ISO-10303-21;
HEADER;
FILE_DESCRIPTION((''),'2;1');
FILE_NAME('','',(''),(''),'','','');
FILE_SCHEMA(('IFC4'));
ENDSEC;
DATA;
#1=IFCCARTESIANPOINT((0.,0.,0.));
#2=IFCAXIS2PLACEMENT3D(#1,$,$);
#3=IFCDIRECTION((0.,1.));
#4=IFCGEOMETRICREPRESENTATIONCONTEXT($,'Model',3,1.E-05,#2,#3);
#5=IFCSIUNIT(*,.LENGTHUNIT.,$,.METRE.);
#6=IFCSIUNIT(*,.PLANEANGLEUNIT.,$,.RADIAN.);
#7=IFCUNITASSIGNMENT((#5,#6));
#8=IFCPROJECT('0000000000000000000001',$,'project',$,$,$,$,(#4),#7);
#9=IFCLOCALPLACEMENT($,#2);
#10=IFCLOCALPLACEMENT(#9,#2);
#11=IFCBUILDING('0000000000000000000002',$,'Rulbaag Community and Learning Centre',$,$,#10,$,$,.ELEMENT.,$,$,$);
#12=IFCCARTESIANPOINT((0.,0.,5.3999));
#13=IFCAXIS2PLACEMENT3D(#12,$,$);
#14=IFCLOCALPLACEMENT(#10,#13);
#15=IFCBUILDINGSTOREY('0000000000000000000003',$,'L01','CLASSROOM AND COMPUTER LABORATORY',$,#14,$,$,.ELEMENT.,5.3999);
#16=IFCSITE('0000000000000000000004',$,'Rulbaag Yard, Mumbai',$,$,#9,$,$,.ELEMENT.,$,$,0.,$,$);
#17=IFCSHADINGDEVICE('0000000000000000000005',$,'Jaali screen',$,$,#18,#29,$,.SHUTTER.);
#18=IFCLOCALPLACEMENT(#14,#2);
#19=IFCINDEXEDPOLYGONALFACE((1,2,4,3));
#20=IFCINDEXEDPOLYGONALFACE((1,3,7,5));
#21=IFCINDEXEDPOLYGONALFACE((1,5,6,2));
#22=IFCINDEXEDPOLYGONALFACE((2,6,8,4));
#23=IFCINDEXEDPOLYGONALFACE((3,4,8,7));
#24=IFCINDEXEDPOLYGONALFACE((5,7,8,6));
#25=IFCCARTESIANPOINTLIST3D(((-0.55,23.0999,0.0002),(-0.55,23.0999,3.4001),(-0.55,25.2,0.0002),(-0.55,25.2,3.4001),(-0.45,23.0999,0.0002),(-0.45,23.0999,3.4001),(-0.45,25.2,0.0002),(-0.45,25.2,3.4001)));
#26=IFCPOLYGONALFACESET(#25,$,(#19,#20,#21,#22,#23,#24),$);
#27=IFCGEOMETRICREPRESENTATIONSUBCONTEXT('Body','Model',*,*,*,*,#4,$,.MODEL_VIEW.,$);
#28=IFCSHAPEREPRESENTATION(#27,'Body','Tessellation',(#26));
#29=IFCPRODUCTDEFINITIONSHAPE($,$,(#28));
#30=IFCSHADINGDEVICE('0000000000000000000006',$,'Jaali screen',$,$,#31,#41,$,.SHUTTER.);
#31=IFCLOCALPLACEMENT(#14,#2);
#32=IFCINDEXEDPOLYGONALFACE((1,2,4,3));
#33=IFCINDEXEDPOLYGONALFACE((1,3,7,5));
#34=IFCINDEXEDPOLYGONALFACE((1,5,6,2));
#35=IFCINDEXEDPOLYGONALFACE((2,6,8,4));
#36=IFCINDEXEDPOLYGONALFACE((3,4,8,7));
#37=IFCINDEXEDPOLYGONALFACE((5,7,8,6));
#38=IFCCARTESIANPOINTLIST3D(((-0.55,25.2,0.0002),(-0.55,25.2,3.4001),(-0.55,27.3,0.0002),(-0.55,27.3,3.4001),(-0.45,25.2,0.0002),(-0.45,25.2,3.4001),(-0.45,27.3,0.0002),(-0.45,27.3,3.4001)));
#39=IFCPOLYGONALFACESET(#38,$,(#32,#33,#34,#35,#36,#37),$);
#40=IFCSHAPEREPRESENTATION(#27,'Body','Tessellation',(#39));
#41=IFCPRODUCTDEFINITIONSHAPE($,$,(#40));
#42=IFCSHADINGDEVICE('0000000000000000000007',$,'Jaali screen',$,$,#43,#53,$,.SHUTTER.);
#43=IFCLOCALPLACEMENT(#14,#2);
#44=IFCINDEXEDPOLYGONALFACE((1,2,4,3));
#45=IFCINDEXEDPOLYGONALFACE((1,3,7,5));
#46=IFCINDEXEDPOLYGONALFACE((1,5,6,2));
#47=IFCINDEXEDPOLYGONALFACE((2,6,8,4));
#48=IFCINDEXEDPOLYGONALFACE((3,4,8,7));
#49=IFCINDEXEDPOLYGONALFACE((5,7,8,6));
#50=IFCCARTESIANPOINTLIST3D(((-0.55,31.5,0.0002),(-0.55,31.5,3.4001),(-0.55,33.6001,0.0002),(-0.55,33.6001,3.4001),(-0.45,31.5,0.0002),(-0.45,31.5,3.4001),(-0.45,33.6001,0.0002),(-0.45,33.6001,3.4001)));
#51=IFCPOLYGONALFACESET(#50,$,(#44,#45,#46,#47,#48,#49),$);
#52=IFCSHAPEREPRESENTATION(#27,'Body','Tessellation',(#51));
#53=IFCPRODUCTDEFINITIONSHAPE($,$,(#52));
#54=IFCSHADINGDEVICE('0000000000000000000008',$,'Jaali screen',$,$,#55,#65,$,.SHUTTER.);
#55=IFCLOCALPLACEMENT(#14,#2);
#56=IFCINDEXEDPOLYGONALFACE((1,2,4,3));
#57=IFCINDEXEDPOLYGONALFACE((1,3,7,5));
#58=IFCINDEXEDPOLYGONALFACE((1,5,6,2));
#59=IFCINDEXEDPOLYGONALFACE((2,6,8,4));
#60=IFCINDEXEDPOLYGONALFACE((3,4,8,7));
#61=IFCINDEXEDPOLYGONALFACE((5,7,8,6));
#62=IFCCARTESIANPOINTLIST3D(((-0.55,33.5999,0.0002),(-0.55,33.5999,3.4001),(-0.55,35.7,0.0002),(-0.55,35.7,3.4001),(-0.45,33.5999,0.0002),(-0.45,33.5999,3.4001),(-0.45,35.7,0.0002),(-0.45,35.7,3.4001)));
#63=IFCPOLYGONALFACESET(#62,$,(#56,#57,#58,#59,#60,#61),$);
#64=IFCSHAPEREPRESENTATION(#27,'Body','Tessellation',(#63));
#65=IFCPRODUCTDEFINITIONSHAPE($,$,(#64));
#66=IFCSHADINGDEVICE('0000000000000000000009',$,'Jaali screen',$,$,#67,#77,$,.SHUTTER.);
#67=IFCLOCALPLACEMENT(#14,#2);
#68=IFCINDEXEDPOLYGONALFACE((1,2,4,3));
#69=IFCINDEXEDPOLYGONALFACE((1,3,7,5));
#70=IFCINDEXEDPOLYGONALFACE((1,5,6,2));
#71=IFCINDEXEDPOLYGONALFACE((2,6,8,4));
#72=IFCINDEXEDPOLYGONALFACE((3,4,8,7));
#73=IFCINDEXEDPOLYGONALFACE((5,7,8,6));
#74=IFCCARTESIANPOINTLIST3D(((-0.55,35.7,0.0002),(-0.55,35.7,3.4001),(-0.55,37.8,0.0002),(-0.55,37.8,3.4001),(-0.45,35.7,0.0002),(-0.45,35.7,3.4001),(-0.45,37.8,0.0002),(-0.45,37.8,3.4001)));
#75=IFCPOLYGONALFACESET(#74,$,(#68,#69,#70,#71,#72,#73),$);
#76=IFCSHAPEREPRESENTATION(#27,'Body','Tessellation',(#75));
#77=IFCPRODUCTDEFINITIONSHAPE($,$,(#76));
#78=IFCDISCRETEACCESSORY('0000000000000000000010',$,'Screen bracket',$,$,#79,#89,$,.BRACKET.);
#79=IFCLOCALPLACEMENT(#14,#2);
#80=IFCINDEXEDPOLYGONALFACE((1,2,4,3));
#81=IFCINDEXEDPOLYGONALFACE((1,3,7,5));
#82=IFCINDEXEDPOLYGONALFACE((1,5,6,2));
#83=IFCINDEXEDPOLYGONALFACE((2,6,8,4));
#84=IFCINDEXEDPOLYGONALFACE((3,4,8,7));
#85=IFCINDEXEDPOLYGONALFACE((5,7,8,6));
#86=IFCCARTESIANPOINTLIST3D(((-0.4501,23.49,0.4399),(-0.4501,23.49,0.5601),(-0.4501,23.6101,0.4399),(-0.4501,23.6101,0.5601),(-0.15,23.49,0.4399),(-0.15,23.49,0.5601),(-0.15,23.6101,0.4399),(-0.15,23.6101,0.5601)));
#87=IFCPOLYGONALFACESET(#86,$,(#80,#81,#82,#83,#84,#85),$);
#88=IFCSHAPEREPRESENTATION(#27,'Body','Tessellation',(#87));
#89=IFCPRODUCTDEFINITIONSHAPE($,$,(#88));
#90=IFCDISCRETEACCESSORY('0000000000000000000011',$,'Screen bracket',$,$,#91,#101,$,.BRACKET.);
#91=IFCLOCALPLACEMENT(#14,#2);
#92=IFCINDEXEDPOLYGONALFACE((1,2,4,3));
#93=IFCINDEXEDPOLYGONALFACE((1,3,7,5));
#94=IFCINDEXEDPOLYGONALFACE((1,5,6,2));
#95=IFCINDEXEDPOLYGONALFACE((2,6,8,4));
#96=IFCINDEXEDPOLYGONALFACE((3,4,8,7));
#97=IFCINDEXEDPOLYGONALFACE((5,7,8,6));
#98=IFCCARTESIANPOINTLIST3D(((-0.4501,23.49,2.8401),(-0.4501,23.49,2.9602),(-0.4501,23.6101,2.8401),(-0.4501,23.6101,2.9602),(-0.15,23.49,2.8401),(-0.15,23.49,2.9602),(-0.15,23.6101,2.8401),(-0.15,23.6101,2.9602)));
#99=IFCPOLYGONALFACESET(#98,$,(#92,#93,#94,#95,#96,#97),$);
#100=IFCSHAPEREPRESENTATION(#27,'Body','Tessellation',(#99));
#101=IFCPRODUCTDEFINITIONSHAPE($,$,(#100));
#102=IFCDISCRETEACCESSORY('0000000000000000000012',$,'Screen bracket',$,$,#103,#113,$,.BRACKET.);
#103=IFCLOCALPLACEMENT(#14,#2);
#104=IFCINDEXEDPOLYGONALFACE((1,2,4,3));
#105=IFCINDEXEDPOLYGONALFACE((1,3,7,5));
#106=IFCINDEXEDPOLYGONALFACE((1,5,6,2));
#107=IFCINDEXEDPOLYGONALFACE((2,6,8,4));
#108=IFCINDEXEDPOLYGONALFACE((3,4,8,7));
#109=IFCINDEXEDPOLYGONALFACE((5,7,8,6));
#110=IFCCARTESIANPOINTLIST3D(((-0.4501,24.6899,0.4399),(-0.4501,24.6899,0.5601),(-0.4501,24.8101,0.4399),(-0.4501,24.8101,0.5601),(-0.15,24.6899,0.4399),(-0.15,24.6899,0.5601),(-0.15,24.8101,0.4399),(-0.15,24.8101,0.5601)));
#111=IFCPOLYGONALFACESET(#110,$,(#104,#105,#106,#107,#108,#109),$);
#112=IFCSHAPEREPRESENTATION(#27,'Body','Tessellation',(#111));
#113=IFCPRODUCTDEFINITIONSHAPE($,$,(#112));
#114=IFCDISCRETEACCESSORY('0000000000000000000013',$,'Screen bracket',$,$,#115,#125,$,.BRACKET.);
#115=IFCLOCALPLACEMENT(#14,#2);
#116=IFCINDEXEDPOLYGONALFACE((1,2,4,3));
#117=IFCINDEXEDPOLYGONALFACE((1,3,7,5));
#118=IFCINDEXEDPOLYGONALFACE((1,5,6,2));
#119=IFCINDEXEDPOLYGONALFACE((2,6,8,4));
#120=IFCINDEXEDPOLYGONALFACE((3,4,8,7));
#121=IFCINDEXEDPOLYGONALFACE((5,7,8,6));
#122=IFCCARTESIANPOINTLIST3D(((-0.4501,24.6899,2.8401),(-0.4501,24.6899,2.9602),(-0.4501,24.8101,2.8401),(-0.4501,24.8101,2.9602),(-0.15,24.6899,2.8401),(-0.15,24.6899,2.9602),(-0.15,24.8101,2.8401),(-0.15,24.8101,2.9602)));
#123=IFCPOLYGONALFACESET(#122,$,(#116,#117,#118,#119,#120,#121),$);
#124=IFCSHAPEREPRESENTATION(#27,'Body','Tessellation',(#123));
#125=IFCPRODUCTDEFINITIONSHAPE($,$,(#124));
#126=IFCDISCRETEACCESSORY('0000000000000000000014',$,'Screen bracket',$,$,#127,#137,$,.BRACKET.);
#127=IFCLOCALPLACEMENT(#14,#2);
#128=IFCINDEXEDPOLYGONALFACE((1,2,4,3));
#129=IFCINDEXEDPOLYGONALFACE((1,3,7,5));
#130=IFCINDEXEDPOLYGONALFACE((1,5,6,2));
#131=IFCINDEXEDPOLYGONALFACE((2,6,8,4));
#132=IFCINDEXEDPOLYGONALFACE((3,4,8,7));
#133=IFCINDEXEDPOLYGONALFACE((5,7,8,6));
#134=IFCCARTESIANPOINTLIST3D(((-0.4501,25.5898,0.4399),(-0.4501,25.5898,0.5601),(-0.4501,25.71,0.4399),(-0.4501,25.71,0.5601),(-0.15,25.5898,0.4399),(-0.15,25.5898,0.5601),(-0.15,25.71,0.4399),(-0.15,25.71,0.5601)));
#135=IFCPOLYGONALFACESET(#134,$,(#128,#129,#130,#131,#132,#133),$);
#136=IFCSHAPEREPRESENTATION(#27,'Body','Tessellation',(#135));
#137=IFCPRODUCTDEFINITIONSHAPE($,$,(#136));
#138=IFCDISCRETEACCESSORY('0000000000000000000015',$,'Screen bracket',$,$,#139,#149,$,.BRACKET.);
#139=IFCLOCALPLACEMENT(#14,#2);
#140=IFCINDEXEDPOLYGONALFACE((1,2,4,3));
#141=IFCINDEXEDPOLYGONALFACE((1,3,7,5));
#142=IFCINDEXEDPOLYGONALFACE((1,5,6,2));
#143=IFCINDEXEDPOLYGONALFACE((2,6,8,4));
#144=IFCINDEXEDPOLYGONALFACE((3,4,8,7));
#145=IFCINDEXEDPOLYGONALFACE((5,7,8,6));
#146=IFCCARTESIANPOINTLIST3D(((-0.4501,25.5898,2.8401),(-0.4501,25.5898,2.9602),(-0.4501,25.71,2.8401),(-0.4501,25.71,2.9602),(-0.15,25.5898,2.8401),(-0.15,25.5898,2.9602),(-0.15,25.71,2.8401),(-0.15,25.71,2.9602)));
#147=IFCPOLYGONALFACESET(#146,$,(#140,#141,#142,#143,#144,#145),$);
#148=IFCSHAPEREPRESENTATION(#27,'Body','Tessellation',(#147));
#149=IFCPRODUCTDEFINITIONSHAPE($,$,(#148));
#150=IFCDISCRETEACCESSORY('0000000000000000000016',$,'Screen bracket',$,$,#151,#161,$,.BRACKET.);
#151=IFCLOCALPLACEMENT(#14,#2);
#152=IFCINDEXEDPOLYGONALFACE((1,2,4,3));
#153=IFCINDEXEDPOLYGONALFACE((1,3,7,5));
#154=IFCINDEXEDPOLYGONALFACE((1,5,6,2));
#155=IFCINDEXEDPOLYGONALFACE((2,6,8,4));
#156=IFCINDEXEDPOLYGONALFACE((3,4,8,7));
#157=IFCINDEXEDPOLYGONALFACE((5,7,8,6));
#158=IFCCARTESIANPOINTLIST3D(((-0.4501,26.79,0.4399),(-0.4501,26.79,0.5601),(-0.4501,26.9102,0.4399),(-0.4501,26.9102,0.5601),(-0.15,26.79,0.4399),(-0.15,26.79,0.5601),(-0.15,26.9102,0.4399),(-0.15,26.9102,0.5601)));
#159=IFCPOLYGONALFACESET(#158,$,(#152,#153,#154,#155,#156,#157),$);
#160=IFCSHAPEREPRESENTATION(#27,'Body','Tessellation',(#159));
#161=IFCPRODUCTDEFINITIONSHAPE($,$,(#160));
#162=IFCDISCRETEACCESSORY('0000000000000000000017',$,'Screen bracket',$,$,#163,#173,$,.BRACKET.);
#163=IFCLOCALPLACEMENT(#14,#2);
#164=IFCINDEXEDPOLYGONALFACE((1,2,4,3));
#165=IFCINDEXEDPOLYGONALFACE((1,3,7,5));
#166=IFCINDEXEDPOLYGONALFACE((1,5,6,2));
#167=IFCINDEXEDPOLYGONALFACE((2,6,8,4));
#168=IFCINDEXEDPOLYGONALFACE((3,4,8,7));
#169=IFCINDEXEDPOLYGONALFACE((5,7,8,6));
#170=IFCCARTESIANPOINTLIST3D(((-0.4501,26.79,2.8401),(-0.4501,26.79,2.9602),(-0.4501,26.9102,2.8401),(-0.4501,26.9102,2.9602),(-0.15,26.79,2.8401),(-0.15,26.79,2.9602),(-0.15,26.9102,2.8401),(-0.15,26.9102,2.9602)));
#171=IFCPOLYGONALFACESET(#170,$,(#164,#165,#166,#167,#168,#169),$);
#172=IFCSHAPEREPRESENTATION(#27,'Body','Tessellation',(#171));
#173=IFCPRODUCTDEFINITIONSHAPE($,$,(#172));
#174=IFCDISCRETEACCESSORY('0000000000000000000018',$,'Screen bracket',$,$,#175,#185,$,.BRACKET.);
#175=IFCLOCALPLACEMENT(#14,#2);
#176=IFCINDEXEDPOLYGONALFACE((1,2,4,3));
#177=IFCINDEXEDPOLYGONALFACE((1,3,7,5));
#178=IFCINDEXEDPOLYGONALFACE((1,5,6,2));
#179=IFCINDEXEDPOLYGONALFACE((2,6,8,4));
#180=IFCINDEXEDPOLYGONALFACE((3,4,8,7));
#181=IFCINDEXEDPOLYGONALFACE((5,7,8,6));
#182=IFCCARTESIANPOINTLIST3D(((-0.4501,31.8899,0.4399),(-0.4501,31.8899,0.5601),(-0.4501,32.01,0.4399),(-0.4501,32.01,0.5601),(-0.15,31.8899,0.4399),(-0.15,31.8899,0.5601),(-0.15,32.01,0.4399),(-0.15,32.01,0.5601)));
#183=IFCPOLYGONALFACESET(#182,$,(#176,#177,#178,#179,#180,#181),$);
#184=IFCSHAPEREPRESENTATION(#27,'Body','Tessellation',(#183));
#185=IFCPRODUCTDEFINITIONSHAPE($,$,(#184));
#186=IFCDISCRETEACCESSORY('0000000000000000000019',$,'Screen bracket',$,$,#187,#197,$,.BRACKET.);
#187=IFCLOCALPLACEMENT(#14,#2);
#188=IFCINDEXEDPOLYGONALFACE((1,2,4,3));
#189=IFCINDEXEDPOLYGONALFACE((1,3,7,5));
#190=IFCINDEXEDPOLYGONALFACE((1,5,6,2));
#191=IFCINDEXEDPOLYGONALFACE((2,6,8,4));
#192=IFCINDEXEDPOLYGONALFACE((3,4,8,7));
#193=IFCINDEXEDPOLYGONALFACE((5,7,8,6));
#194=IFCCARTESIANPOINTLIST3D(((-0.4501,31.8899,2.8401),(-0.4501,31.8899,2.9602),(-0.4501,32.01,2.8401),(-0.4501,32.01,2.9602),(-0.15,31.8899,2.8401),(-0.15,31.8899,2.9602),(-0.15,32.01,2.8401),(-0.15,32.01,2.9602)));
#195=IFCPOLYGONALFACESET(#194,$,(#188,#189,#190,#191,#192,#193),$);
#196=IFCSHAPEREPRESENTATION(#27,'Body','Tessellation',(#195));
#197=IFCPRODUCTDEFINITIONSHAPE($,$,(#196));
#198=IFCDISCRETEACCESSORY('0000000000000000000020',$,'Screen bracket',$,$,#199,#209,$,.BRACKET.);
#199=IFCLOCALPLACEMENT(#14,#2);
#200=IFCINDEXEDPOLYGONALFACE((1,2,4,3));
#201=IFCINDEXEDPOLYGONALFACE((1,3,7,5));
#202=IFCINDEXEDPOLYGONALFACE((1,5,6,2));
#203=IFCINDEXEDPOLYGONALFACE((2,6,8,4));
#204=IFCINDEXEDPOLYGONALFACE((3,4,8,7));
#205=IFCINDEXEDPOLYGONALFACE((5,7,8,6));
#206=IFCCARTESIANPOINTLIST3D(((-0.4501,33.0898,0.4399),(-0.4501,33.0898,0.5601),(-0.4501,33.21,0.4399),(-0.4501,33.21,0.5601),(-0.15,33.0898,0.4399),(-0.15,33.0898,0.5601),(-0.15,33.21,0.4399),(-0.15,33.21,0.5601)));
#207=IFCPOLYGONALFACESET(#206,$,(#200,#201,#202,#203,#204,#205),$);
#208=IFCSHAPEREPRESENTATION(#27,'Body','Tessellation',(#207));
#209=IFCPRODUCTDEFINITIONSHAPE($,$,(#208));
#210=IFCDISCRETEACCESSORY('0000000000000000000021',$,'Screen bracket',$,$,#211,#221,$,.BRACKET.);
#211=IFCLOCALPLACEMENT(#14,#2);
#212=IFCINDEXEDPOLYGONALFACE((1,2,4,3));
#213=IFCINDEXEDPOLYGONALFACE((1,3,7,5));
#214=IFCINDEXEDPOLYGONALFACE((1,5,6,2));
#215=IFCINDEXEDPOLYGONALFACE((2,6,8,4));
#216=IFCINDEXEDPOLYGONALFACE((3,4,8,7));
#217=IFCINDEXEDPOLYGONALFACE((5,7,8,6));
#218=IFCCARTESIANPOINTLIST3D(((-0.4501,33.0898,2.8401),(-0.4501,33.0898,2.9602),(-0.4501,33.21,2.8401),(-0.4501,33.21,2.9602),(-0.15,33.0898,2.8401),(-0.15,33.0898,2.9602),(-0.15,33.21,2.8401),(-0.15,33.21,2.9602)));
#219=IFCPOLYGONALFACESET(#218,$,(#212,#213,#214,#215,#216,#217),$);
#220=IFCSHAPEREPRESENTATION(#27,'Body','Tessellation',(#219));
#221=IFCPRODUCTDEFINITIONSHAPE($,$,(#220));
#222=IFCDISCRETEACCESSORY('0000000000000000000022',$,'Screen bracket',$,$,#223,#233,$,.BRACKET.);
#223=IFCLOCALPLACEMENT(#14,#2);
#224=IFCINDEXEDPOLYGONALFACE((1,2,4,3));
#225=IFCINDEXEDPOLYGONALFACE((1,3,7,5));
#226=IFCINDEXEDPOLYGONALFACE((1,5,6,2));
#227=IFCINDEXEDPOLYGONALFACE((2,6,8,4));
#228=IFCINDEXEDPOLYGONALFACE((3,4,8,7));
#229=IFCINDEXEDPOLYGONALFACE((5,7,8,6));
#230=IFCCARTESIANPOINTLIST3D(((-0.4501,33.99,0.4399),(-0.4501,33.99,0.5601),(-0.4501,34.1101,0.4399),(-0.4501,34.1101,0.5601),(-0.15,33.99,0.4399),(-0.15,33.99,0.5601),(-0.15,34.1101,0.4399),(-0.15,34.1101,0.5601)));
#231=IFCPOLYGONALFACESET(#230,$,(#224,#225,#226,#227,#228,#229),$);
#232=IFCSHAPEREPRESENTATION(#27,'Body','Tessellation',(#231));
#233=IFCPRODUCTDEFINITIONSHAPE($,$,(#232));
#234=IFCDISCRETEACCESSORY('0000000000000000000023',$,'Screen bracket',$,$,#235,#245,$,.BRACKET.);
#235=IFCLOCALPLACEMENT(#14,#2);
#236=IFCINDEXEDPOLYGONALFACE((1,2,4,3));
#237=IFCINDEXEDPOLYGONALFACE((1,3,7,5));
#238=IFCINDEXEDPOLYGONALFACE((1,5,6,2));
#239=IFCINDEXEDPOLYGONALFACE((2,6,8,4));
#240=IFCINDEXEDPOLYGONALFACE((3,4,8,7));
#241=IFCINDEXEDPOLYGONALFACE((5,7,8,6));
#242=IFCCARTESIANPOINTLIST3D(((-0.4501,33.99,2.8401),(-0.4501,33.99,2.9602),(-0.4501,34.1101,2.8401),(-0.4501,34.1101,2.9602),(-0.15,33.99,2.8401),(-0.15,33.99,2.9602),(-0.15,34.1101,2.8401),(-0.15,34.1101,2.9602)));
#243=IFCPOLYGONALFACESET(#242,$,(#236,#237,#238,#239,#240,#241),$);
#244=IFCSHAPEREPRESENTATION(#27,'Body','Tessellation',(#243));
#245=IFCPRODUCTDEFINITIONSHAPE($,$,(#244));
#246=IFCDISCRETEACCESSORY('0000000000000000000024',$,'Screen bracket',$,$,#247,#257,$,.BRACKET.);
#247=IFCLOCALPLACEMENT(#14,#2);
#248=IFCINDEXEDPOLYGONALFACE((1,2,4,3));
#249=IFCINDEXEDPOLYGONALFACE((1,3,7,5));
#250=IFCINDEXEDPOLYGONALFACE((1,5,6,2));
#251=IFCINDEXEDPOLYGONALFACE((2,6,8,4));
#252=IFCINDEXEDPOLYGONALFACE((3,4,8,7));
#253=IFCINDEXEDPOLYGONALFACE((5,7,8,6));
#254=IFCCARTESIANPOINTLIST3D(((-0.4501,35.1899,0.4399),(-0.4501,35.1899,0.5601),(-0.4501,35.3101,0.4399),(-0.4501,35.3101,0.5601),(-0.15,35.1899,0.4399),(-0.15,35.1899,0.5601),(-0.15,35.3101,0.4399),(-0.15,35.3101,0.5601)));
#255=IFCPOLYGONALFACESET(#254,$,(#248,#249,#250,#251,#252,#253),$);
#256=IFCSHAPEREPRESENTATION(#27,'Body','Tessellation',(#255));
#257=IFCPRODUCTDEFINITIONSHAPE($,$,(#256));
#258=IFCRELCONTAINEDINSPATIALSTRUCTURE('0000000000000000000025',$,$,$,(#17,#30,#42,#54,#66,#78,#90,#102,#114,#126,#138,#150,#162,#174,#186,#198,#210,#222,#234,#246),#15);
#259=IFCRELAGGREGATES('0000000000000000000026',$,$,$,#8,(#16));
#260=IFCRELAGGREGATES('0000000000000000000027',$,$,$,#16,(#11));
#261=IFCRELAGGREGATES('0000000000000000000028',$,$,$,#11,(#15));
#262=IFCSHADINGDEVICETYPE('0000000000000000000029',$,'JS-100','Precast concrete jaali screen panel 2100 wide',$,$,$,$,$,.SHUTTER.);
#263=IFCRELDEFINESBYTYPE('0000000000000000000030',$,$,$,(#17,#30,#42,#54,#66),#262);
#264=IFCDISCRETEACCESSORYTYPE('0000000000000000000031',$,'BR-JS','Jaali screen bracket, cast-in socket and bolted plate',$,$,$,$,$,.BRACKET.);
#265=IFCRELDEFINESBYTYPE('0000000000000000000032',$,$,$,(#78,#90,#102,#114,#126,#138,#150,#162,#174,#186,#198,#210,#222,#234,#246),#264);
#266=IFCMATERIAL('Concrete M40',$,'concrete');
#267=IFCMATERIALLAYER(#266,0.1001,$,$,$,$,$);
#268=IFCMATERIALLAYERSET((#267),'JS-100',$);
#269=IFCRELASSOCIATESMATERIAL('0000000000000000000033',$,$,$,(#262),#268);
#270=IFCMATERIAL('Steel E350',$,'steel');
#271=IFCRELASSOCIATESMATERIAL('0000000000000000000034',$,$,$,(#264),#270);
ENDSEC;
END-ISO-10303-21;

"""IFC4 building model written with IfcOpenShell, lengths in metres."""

from ifc_helpers import new_model, si_unit, direction, frame, origin, origin_2d, place, context, subcontext, project, spatial, rectangle, extrude, material, layer, layer_set, type_object, element, save


model = new_model("IFC4")

# Units and contexts
model_context = context("Model", 3, precision=1e-05, world=origin(), true_north=direction((0.0, 1.0)))
body_context = subcontext(model_context, "Body", "Model", "MODEL_VIEW")
ifc_project = project(units=[si_unit("LENGTHUNIT", "METRE"), si_unit("PLANEANGLEUNIT", "RADIAN")], contexts=[model_context])

# Site, building, storey
site_placement = place(None, origin())
site = spatial("IfcSite", under=ifc_project, at=site_placement, Name="Rulbaag Yard, Mumbai", CompositionType="ELEMENT", RefElevation=0.0)
building_placement = place(site_placement, origin())
building = spatial("IfcBuilding", under=site, at=building_placement, Name="Rulbaag Community and Learning Centre", CompositionType="ELEMENT")
storey_placement = place(building_placement, frame((0.0, 0.0, 5.3999)))
storey = spatial("IfcBuildingStorey", under=building, at=storey_placement, Name="L01", Description="CLASSROOM AND COMPUTER LABORATORY", CompositionType="ELEMENT", Elevation=5.3999)

# Shading devices
ifc_material_1 = material(Name="Concrete M40", Category="concrete")
ifc_layer = layer(ifc_material_1, 0.1001)
ifc_layer_set = layer_set([ifc_layer], Name="JS-100")
shading_device_type = type_object("IfcShadingDeviceType", Name="JS-100", Description="Precast concrete jaali screen panel 2100 wide", PredefinedType="SHUTTER", material=ifc_layer_set)
for number, where, z_axis, x_axis, name in (
    (1, (-0.5, 24.1499, 0.0002), (0.0, 0.0, 1.0), (1.0, 0.0, 0.0), "Jaali screen"),
    (2, (-0.5, 26.25, 0.0002), (0.0, 0.0, 1.0), (1.0, 0.0, 0.0), "Jaali screen"),
    (3, (-0.5, 32.55, 0.0002), (0.0, 0.0, 1.0), (1.0, 0.0, 0.0), "Jaali screen"),
    (4, (-0.5, 34.6499, 0.0002), (0.0, 0.0, 1.0), (1.0, 0.0, 0.0), "Jaali screen"),
    (5, (-0.5, 36.75, 0.0002), (0.0, 0.0, 1.0), (1.0, 0.0, 0.0), "Jaali screen"),
):
    element("IfcShadingDevice", number, at=place(storey_placement, frame(where, z_axis=z_axis, x_axis=x_axis)), inside=storey, type_object=shading_device_type, Name=name, PredefinedType="SHUTTER", context=body_context, shape_type="SweptSolid", body=[
        extrude(rectangle(XDim=0.1001, YDim=2.1001, at=origin_2d()), origin(), (0.0, 0.0, 1.0), 3.3999),
    ])

# Discrete accessories
ifc_material_2 = material(Name="Steel E350", Category="steel")
discrete_accessory_type = type_object("IfcDiscreteAccessoryType", Name="BR-JS", Description="Jaali screen bracket, cast-in socket and bolted plate", PredefinedType="BRACKET", material=ifc_material_2)
for number, where, z_axis, x_axis, name in (
    (6, (-0.3, 23.55, 0.4399), (0.0, 0.0, 1.0), (1.0, 0.0, 0.0), "Screen bracket"),
    (7, (-0.3, 23.55, 2.8401), (0.0, 0.0, 1.0), (1.0, 0.0, 0.0), "Screen bracket"),
    (8, (-0.3, 24.75, 0.4399), (0.0, 0.0, 1.0), (1.0, 0.0, 0.0), "Screen bracket"),
    (9, (-0.3, 24.75, 2.8401), (0.0, 0.0, 1.0), (1.0, 0.0, 0.0), "Screen bracket"),
    (10, (-0.3, 25.6499, 0.4399), (0.0, 0.0, 1.0), (1.0, 0.0, 0.0), "Screen bracket"),
    (11, (-0.3, 25.6499, 2.8401), (0.0, 0.0, 1.0), (1.0, 0.0, 0.0), "Screen bracket"),
    (12, (-0.3, 26.8501, 0.4399), (0.0, 0.0, 1.0), (1.0, 0.0, 0.0), "Screen bracket"),
    (13, (-0.3, 26.8501, 2.8401), (0.0, 0.0, 1.0), (1.0, 0.0, 0.0), "Screen bracket"),
    (14, (-0.3, 31.95, 0.4399), (0.0, 0.0, 1.0), (1.0, 0.0, 0.0), "Screen bracket"),
    (15, (-0.3, 31.95, 2.8401), (0.0, 0.0, 1.0), (1.0, 0.0, 0.0), "Screen bracket"),
    (16, (-0.3, 33.1499, 0.4399), (0.0, 0.0, 1.0), (1.0, 0.0, 0.0), "Screen bracket"),
    (17, (-0.3, 33.1499, 2.8401), (0.0, 0.0, 1.0), (1.0, 0.0, 0.0), "Screen bracket"),
    (18, (-0.3, 34.05, 0.4399), (0.0, 0.0, 1.0), (1.0, 0.0, 0.0), "Screen bracket"),
    (19, (-0.3, 34.05, 2.8401), (0.0, 0.0, 1.0), (1.0, 0.0, 0.0), "Screen bracket"),
    (20, (-0.3, 35.25, 0.4399), (0.0, 0.0, 1.0), (1.0, 0.0, 0.0), "Screen bracket"),
):
    element("IfcDiscreteAccessory", number, at=place(storey_placement, frame(where, z_axis=z_axis, x_axis=x_axis)), inside=storey, type_object=discrete_accessory_type, Name=name, PredefinedType="BRACKET", context=body_context, shape_type="SweptSolid", body=[
        extrude(rectangle(XDim=0.3, YDim=0.1201, at=origin_2d()), origin(), (0.0, 0.0, 1.0), 0.1201),
    ])

save(model, "model.ifc")
